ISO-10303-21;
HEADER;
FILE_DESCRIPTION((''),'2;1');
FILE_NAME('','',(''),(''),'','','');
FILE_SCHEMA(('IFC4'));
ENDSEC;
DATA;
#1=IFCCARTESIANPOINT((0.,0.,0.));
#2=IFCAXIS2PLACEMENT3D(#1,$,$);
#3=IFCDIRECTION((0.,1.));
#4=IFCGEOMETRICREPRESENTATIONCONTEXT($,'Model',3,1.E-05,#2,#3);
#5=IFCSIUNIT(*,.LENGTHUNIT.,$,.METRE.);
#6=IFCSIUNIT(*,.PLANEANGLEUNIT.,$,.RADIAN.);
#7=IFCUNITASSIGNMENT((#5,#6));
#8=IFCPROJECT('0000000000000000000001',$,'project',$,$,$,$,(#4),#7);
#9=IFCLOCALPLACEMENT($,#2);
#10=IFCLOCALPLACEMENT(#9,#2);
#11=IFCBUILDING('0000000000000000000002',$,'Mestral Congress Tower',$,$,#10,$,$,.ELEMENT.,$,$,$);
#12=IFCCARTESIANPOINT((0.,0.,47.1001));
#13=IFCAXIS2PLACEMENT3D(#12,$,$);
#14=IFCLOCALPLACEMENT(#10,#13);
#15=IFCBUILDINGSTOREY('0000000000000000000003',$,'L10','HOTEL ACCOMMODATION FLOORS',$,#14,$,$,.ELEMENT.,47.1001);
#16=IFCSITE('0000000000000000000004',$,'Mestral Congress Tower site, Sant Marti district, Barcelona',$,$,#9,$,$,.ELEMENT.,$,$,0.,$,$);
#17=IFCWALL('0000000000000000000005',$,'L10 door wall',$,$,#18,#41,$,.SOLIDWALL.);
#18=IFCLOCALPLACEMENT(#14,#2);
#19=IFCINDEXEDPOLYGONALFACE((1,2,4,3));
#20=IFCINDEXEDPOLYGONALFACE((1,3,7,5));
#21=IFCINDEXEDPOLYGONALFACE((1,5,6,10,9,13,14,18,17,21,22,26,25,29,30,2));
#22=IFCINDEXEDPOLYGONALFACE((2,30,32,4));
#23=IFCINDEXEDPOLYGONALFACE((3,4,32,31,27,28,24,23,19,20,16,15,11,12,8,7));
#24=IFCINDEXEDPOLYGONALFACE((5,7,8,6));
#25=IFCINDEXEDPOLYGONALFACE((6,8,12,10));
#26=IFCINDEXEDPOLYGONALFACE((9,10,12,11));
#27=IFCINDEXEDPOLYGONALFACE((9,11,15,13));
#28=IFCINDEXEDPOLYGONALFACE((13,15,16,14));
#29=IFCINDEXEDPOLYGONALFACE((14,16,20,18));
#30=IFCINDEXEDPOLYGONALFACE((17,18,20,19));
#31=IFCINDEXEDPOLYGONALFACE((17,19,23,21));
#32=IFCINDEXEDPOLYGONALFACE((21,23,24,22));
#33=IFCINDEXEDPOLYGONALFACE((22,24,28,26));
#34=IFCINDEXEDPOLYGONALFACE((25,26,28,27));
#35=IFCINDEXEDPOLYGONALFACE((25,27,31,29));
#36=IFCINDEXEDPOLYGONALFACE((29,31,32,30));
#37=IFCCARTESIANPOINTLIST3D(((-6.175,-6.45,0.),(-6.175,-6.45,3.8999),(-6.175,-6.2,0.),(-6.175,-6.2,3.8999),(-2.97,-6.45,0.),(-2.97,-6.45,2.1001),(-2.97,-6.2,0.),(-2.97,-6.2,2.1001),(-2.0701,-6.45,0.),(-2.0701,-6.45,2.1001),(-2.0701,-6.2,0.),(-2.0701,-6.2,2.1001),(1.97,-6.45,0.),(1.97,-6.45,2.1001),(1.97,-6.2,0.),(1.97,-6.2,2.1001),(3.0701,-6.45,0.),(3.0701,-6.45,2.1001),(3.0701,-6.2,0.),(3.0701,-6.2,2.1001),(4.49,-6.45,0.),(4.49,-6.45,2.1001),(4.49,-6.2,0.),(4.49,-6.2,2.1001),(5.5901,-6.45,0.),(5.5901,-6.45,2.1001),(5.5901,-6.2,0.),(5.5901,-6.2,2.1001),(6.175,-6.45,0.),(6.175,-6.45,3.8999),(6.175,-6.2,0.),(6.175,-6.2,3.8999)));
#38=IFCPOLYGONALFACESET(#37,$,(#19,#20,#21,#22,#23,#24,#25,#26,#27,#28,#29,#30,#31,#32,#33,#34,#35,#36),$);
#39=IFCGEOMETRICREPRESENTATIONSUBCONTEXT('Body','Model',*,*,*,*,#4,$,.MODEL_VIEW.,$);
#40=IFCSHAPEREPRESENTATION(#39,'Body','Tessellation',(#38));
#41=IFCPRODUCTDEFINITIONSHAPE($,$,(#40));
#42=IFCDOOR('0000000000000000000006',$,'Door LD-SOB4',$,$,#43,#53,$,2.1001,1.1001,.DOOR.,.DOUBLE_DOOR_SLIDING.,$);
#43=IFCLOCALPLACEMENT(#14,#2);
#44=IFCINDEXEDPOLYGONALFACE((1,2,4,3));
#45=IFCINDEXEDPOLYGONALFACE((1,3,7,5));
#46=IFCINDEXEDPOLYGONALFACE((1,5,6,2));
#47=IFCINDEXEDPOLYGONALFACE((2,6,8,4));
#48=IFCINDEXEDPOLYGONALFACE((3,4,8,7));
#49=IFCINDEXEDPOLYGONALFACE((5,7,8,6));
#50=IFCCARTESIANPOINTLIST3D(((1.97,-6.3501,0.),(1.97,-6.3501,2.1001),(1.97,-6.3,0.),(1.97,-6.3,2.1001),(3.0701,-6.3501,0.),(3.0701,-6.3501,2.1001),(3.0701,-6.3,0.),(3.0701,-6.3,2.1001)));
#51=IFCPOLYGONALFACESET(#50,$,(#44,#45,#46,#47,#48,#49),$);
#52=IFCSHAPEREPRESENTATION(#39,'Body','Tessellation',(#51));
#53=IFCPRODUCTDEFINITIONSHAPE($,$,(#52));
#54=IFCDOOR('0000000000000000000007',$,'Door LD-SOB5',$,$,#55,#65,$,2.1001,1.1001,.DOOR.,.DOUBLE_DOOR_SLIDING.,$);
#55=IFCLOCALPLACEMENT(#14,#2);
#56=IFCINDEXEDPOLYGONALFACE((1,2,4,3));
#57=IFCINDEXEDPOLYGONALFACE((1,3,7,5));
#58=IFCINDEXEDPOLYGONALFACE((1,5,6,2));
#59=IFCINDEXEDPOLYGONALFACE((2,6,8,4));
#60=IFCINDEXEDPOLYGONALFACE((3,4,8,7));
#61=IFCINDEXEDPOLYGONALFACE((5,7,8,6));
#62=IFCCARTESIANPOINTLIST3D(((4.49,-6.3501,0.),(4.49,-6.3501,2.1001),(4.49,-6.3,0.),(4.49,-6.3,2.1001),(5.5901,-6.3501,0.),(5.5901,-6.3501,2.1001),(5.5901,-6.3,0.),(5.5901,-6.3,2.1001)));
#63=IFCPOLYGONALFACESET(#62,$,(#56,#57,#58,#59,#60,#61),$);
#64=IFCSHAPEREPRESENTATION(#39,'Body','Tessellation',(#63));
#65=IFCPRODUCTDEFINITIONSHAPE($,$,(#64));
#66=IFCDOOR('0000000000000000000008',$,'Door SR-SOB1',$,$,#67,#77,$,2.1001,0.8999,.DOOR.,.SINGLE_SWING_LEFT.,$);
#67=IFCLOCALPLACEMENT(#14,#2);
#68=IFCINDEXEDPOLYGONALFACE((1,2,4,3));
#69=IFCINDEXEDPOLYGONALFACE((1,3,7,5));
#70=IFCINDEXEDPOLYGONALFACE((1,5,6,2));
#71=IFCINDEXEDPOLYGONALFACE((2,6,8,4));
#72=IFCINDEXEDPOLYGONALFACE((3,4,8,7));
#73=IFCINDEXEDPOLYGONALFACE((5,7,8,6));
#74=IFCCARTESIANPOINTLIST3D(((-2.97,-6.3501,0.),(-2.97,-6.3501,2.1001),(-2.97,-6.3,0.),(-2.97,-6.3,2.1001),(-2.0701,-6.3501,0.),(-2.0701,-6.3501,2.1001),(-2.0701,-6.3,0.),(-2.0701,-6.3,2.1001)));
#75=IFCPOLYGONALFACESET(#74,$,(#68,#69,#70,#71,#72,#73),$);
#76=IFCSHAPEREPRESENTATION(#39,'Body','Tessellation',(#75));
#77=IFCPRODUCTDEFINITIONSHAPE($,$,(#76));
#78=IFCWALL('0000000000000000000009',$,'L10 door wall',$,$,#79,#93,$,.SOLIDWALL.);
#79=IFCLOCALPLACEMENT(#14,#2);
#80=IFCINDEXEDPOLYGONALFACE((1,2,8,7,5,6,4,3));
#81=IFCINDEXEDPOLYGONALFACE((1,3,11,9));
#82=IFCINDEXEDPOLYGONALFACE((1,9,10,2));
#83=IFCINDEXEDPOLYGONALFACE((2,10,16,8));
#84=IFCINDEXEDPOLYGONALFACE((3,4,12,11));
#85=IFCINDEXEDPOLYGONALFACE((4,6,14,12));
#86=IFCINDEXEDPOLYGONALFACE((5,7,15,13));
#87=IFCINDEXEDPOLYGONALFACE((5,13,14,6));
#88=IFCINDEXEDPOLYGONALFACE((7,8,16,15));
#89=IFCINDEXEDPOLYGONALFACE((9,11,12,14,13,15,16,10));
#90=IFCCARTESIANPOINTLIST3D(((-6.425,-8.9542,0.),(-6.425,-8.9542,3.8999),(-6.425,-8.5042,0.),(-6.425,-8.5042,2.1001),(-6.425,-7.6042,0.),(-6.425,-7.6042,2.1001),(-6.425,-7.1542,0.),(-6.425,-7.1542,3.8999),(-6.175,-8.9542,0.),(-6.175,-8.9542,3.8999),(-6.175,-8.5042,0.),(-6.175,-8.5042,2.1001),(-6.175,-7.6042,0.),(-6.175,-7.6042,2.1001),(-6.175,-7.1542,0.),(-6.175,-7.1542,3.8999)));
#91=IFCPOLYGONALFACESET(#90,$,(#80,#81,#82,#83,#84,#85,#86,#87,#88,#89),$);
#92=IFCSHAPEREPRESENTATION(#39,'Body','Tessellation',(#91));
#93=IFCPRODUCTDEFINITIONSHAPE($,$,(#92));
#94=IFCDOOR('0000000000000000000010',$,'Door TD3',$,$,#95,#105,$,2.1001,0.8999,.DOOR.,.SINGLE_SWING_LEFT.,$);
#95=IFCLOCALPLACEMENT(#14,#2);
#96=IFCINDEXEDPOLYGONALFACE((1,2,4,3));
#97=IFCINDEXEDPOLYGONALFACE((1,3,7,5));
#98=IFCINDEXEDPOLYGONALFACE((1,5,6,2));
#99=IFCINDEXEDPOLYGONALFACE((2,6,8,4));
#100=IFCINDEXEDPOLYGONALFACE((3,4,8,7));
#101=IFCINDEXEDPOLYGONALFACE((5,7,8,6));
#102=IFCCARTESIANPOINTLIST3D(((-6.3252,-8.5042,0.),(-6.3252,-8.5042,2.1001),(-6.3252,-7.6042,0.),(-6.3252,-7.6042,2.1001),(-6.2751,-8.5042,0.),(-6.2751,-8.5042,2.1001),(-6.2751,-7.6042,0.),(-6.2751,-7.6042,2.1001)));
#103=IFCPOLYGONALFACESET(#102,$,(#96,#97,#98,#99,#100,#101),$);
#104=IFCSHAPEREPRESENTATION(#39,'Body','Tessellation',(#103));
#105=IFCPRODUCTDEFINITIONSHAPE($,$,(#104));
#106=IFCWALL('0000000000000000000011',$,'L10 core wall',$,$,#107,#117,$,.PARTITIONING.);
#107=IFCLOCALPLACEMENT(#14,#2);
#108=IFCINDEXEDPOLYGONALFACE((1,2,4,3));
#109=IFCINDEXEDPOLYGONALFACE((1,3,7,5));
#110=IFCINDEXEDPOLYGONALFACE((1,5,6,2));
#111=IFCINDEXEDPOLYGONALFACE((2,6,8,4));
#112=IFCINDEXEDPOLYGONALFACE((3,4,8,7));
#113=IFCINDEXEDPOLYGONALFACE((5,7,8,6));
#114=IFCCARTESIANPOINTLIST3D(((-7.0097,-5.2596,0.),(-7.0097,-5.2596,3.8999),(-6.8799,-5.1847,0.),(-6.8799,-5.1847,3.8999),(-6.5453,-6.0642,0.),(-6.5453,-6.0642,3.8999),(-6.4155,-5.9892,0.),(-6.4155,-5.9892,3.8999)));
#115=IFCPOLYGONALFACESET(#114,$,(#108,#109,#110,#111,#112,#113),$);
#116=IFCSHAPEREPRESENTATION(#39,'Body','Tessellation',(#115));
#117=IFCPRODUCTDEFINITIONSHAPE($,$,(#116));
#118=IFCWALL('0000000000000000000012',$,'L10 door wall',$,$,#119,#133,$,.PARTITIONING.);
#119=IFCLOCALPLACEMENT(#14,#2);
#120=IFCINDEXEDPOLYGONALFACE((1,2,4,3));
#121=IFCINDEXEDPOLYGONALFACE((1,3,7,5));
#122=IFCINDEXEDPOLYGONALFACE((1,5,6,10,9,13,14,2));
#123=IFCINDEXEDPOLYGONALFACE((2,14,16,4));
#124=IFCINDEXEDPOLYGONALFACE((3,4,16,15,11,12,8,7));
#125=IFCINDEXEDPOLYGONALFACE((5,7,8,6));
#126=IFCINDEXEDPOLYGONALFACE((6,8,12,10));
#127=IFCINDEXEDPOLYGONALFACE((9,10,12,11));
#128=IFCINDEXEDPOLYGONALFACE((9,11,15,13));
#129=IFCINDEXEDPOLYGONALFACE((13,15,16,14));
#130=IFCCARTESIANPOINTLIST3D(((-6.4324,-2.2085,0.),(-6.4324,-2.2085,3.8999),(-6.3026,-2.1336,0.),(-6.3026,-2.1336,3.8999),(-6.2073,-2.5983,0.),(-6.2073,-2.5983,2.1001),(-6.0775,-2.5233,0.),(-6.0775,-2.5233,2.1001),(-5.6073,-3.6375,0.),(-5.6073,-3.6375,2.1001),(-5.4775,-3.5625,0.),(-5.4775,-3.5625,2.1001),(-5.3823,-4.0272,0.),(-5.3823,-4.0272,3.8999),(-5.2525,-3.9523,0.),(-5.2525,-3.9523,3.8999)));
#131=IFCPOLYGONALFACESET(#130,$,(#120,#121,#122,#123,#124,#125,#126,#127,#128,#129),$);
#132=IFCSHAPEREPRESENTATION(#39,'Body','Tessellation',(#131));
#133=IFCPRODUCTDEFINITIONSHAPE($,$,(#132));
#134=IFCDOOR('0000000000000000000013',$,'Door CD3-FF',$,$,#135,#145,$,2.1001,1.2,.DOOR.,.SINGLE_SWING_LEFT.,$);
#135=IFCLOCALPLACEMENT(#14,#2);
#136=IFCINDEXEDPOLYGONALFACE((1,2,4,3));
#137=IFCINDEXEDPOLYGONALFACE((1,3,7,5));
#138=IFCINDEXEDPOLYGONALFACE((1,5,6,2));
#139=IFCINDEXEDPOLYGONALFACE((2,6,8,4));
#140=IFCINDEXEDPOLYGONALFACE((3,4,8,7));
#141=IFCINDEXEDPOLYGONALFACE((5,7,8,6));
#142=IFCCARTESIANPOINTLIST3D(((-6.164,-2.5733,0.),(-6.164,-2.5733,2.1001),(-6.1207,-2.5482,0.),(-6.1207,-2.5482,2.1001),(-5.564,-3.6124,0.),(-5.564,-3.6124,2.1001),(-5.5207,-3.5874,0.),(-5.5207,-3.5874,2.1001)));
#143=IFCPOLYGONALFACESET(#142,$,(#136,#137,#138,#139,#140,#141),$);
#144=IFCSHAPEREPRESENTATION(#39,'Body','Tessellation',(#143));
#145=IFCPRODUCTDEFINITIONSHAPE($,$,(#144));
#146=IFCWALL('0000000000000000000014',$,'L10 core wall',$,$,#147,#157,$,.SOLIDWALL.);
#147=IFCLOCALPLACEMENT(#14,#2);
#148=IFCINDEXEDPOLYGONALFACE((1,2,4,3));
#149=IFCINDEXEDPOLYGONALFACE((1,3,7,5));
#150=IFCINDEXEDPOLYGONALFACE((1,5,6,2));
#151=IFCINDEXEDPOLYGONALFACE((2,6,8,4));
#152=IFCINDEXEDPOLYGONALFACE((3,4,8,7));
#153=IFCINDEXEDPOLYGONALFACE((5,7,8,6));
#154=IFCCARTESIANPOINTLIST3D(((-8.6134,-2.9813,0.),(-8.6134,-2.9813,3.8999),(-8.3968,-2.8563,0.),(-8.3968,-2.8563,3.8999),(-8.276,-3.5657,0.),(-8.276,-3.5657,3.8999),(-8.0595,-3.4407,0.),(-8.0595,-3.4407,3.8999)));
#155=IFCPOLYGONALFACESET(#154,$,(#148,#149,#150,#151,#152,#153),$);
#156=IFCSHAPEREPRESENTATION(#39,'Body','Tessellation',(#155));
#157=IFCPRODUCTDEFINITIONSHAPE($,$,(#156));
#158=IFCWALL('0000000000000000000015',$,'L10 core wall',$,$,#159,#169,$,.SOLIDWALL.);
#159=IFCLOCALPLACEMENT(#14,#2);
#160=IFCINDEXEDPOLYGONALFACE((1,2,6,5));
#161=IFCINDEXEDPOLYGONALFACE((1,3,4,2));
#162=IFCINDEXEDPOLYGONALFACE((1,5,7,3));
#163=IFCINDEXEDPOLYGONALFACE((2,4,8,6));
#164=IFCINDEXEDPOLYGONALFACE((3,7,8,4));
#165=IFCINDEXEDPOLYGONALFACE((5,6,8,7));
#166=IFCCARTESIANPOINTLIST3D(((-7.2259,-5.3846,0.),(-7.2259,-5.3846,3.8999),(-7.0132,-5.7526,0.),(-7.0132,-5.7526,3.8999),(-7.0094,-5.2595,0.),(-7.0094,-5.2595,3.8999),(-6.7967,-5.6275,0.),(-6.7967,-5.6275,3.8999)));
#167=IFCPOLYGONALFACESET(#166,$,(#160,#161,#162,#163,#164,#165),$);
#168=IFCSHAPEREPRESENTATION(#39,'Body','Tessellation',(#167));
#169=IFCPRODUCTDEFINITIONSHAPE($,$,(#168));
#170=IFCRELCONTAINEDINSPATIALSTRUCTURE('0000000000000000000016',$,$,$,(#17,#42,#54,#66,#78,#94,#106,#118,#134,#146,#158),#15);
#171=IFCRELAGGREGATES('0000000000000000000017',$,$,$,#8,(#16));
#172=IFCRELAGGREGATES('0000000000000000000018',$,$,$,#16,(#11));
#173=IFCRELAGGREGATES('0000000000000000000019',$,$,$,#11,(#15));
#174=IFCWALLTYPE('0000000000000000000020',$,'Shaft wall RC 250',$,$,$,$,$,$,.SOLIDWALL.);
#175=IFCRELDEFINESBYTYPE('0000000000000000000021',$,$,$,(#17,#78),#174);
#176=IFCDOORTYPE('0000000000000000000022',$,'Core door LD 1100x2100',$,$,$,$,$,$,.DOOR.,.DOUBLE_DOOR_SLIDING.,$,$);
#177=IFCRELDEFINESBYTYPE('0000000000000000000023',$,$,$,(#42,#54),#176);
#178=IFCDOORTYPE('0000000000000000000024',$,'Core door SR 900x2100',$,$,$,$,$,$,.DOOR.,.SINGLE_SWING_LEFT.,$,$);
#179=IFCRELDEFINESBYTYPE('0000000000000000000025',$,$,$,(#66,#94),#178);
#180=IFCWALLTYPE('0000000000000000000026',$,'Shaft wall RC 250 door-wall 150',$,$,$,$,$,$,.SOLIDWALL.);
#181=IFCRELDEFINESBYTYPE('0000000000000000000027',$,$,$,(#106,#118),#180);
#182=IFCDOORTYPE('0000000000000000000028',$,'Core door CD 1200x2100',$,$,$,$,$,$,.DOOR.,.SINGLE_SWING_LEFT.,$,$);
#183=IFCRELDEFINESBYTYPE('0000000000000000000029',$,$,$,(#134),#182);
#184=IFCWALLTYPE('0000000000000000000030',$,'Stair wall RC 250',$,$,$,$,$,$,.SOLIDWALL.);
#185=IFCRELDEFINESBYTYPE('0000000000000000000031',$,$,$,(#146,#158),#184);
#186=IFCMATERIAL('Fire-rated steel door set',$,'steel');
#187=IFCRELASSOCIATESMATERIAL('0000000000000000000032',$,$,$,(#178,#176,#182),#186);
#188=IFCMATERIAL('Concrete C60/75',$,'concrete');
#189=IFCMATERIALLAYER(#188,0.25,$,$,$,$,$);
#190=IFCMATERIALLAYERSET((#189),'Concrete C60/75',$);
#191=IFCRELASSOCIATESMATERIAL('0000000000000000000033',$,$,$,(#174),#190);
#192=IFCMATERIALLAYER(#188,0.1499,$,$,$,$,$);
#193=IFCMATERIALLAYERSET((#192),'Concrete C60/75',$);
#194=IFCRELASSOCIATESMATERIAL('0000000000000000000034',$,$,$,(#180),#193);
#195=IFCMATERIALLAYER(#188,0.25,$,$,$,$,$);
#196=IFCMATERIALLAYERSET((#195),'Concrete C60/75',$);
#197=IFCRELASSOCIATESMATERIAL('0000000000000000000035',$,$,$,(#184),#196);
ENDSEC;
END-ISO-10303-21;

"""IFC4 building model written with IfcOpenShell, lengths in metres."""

from ifc_helpers import new_model, si_unit, direction, frame, frame_2d, origin, place, context, subcontext, project, spatial, rectangle, extrude, material, layer, layer_set, type_object, element, fill, save


model = new_model("IFC4")

# Units and contexts
model_context = context("Model", 3, precision=1e-05, world=origin(), true_north=direction((0.0, 1.0)))
body_context = subcontext(model_context, "Body", "Model", "MODEL_VIEW")
ifc_project = project(units=[si_unit("LENGTHUNIT", "METRE"), si_unit("PLANEANGLEUNIT", "RADIAN")], contexts=[model_context])

# Site, building, storey
site_placement = place(None, origin())
site = spatial("IfcSite", under=ifc_project, at=site_placement, Name="Mestral Congress Tower site, Sant Marti district, Barcelona", CompositionType="ELEMENT", RefElevation=0.0)
building_placement = place(site_placement, origin())
building = spatial("IfcBuilding", under=site, at=building_placement, Name="Mestral Congress Tower", CompositionType="ELEMENT")
storey_placement = place(building_placement, frame((0.0, 0.0, 47.1001)))
storey = spatial("IfcBuildingStorey", under=building, at=storey_placement, Name="L10", Description="HOTEL ACCOMMODATION FLOORS", CompositionType="ELEMENT", Elevation=47.1001)

# Shared definitions
ifc_material_1 = material(Name="Fire-rated steel door set", Category="steel")
door_type_1 = type_object("IfcDoorType", Name="Core door SR 900x2100", OperationType="SINGLE_SWING_LEFT", PredefinedType="DOOR", material=ifc_material_1)

# Shared definitions
ifc_material_2 = material(Name="Concrete C60/75", Category="concrete")
ifc_layer_1 = layer(ifc_material_2, 0.25)
ifc_layer_set_1 = layer_set([ifc_layer_1], Name="Concrete C60/75")
wall_type_1 = type_object("IfcWallType", Name="Shaft wall RC 250", PredefinedType="SOLIDWALL", material=ifc_layer_set_1)

# Wall, openings, doors
door_type_2 = type_object("IfcDoorType", Name="Core door LD 1100x2100", OperationType="DOUBLE_DOOR_SLIDING", PredefinedType="DOOR", material=ifc_material_1)
wall_1_placement = place(storey_placement, frame((-6.175, -6.325, 0.0), z_axis=(0.0, 0.0, 1.0), x_axis=(1.0, 0.0, 0.0)))
wall_1 = element("IfcWall", 1, at=wall_1_placement, inside=storey, type_object=wall_type_1, Name="L10 door wall", PredefinedType="SOLIDWALL", context=body_context, shape_type="SweptSolid", body=[
    extrude(rectangle(XDim=12.3501, YDim=0.25, at=frame_2d((6.175, 0.0))), origin(), (0.0, 0.0, 1.0), 3.8999),
])
opening_1_placement = place(wall_1_placement, frame((3.2051, 0.0, 0.0)))
opening_1 = element("IfcOpeningElement", 2, at=opening_1_placement, cuts=wall_1, PredefinedType="OPENING", context=body_context, shape_type="SweptSolid", body=[
    extrude(rectangle(XDim=0.8999, YDim=2.1001, at=frame_2d((0.45, 1.05))), frame((0.0, 0.135, 0.0), z_axis=(0.0, -1.0, 0.0), x_axis=(1.0, 0.0, 0.0)), (0.0, 0.0, 1.0), 0.27),
])
opening_2_placement = place(wall_1_placement, frame((8.145, 0.0, 0.0)))
opening_2 = element("IfcOpeningElement", 3, at=opening_2_placement, cuts=wall_1, PredefinedType="OPENING", context=body_context, shape_type="SweptSolid", body=[
    extrude(rectangle(XDim=1.1001, YDim=2.1001, at=frame_2d((0.55, 1.05))), frame((0.0, 0.135, 0.0), z_axis=(0.0, -1.0, 0.0), x_axis=(1.0, 0.0, 0.0)), (0.0, 0.0, 1.0), 0.27),
])
opening_3_placement = place(wall_1_placement, frame((10.665, 0.0, 0.0)))
opening_3 = element("IfcOpeningElement", 4, at=opening_3_placement, cuts=wall_1, PredefinedType="OPENING", context=body_context, shape_type="SweptSolid", body=[
    extrude(rectangle(XDim=1.1001, YDim=2.1001, at=frame_2d((0.55, 1.05))), frame((0.0, 0.135, 0.0), z_axis=(0.0, -1.0, 0.0), x_axis=(1.0, 0.0, 0.0)), (0.0, 0.0, 1.0), 0.27),
])
door_1_placement = place(opening_2_placement, origin())
door_1 = element("IfcDoor", 5, at=door_1_placement, inside=storey, type_object=door_type_2, Name="Door LD-SOB4", OperationType="DOUBLE_DOOR_SLIDING", OverallHeight=2.1001, OverallWidth=1.1001, PredefinedType="DOOR", context=body_context, shape_type="SweptSolid", body=[
    extrude(rectangle(XDim=1.1001, YDim=2.1001, at=frame_2d((0.55, 1.05))), frame((0.0, 0.0249, 0.0), z_axis=(0.0, -1.0, 0.0), x_axis=(1.0, 0.0, 0.0)), (0.0, 0.0, 1.0), 0.05),
])
fill(opening_2, door_1)
door_2_placement = place(opening_3_placement, origin())
door_2 = element("IfcDoor", 6, at=door_2_placement, inside=storey, type_object=door_type_2, Name="Door LD-SOB5", OperationType="DOUBLE_DOOR_SLIDING", OverallHeight=2.1001, OverallWidth=1.1001, PredefinedType="DOOR", context=body_context, shape_type="SweptSolid", body=[
    extrude(rectangle(XDim=1.1001, YDim=2.1001, at=frame_2d((0.55, 1.05))), frame((0.0, 0.0249, 0.0), z_axis=(0.0, -1.0, 0.0), x_axis=(1.0, 0.0, 0.0)), (0.0, 0.0, 1.0), 0.05),
])
fill(opening_3, door_2)
door_3_placement = place(opening_1_placement, origin())
door_3 = element("IfcDoor", 7, at=door_3_placement, inside=storey, type_object=door_type_1, Name="Door SR-SOB1", OperationType="SINGLE_SWING_LEFT", OverallHeight=2.1001, OverallWidth=0.8999, PredefinedType="DOOR", context=body_context, shape_type="SweptSolid", body=[
    extrude(rectangle(XDim=0.8999, YDim=2.1001, at=frame_2d((0.45, 1.05))), frame((0.0, 0.0249, 0.0), z_axis=(0.0, -1.0, 0.0), x_axis=(1.0, 0.0, 0.0)), (0.0, 0.0, 1.0), 0.05),
])
fill(opening_1, door_3)

# Wall, opening, door
wall_2_placement = place(storey_placement, frame((-6.3, -7.1543, 0.0), z_axis=(0.0, 0.0, 1.0), x_axis=(0.0, -1.0, 0.0)))
wall_2 = element("IfcWall", 8, at=wall_2_placement, inside=storey, type_object=wall_type_1, Name="L10 door wall", PredefinedType="SOLIDWALL", context=body_context, shape_type="SweptSolid", body=[
    extrude(rectangle(XDim=1.8, YDim=0.25, at=frame_2d((0.8999, 0.0))), origin(), (0.0, 0.0, 1.0), 3.8999),
])
opening_4_placement = place(wall_2_placement, frame((0.45, 0.0, 0.0)))
opening_4 = element("IfcOpeningElement", 9, at=opening_4_placement, cuts=wall_2, PredefinedType="OPENING", context=body_context, shape_type="SweptSolid", body=[
    extrude(rectangle(XDim=0.8999, YDim=2.1001, at=frame_2d((0.45, 1.05))), frame((0.0, 0.135, 0.0), z_axis=(0.0, -1.0, 0.0), x_axis=(1.0, 0.0, 0.0)), (0.0, 0.0, 1.0), 0.27),
])
door_4_placement = place(opening_4_placement, origin())
door_4 = element("IfcDoor", 10, at=door_4_placement, inside=storey, type_object=door_type_1, Name="Door TD3", OperationType="SINGLE_SWING_LEFT", OverallHeight=2.1001, OverallWidth=0.8999, PredefinedType="DOOR", context=body_context, shape_type="SweptSolid", body=[
    extrude(rectangle(XDim=0.8999, YDim=2.1001, at=frame_2d((0.45, 1.05))), frame((0.0, 0.0249, 0.0), z_axis=(0.0, -1.0, 0.0), x_axis=(1.0, 0.0, 0.0)), (0.0, 0.0, 1.0), 0.05),
])
fill(opening_4, door_4)

# Wall
ifc_layer_2 = layer(ifc_material_2, 0.1499)
ifc_layer_set_2 = layer_set([ifc_layer_2], Name="Concrete C60/75")
wall_type_2 = type_object("IfcWallType", Name="Shaft wall RC 250 door-wall 150", PredefinedType="SOLIDWALL", material=ifc_layer_set_2)
wall_3_placement = place(storey_placement, frame((-6.4805, -6.0266, 0.0), z_axis=(0.0, 0.0, 1.0), x_axis=(-0.499927, 0.866067, 0.0)))
element("IfcWall", 11, at=wall_3_placement, inside=storey, type_object=wall_type_2, Name="L10 core wall", PredefinedType="PARTITIONING", context=body_context, shape_type="SweptSolid", body=[
    extrude(rectangle(XDim=0.929, YDim=0.1499, at=frame_2d((0.4644, 0.0))), origin(), (0.0, 0.0, 1.0), 3.8999),
])

# Wall, opening, door
wall_4_placement = place(storey_placement, frame((-5.3174, -3.9897, 0.0), z_axis=(0.0, 0.0, 1.0), x_axis=(-0.500028, 0.866009, 0.0)))
wall_4 = element("IfcWall", 12, at=wall_4_placement, inside=storey, type_object=wall_type_2, Name="L10 door wall", PredefinedType="PARTITIONING", context=body_context, shape_type="SweptSolid", body=[
    extrude(rectangle(XDim=2.1001, YDim=0.1499, at=frame_2d((1.05, 0.0))), origin(), (0.0, 0.0, 1.0), 3.8999),
])
opening_5_placement = place(wall_4_placement, frame((0.45, 0.0, 0.0)))
opening_5 = element("IfcOpeningElement", 13, at=opening_5_placement, cuts=wall_4, PredefinedType="OPENING", context=body_context, shape_type="SweptSolid", body=[
    extrude(rectangle(XDim=1.2, YDim=2.1001, at=frame_2d((0.6001, 1.05))), frame((0.0, 0.085, 0.0), z_axis=(0.0, -1.0, 0.0), x_axis=(1.0, 0.0, 0.0)), (0.0, 0.0, 1.0), 0.1699),
])
door_type_3 = type_object("IfcDoorType", Name="Core door CD 1200x2100", OperationType="SINGLE_SWING_LEFT", PredefinedType="DOOR", material=ifc_material_1)
door_5_placement = place(opening_5_placement, origin())
door_5 = element("IfcDoor", 14, at=door_5_placement, inside=storey, type_object=door_type_3, Name="Door CD3-FF", OperationType="SINGLE_SWING_LEFT", OverallHeight=2.1001, OverallWidth=1.2, PredefinedType="DOOR", context=body_context, shape_type="SweptSolid", body=[
    extrude(rectangle(XDim=1.2, YDim=2.1001, at=frame_2d((0.6001, 1.05))), frame((0.0, 0.0249, 0.0), z_axis=(0.0, -1.0, 0.0), x_axis=(1.0, 0.0, 0.0)), (0.0, 0.0, 1.0), 0.05),
])
fill(opening_5, door_5)

# Walls
ifc_layer_3 = layer(ifc_material_2, 0.25)
ifc_layer_set_3 = layer_set([ifc_layer_3], Name="Concrete C60/75")
wall_type_3 = type_object("IfcWallType", Name="Stair wall RC 250", PredefinedType="SOLIDWALL", material=ifc_layer_set_3)
wall_5_placement = place(storey_placement, frame((-8.1677, -3.5032, 0.0), z_axis=(0.0, 0.0, 1.0), x_axis=(-0.499952, 0.866053, 0.0)))
element("IfcWall", 15, at=wall_5_placement, inside=storey, type_object=wall_type_3, Name="L10 core wall", PredefinedType="SOLIDWALL", context=body_context, shape_type="SweptSolid", body=[
    extrude(rectangle(XDim=0.6748, YDim=0.25, at=frame_2d((0.3374, 0.0))), origin(), (0.0, 0.0, 1.0), 3.8999),
])
wall_6_placement = place(storey_placement, frame((-6.905, -5.6899, 0.0), z_axis=(0.0, 0.0, 1.0), x_axis=(-0.500402, 0.865793, 0.0)))
element("IfcWall", 16, at=wall_6_placement, inside=storey, type_object=wall_type_3, Name="L10 core wall", PredefinedType="SOLIDWALL", context=body_context, shape_type="SweptSolid", body=[
    extrude(rectangle(XDim=0.425, YDim=0.25, at=frame_2d((0.2124, 0.0))), origin(), (0.0, 0.0, 1.0), 3.8999),
])

save(model, "model.ifc")
